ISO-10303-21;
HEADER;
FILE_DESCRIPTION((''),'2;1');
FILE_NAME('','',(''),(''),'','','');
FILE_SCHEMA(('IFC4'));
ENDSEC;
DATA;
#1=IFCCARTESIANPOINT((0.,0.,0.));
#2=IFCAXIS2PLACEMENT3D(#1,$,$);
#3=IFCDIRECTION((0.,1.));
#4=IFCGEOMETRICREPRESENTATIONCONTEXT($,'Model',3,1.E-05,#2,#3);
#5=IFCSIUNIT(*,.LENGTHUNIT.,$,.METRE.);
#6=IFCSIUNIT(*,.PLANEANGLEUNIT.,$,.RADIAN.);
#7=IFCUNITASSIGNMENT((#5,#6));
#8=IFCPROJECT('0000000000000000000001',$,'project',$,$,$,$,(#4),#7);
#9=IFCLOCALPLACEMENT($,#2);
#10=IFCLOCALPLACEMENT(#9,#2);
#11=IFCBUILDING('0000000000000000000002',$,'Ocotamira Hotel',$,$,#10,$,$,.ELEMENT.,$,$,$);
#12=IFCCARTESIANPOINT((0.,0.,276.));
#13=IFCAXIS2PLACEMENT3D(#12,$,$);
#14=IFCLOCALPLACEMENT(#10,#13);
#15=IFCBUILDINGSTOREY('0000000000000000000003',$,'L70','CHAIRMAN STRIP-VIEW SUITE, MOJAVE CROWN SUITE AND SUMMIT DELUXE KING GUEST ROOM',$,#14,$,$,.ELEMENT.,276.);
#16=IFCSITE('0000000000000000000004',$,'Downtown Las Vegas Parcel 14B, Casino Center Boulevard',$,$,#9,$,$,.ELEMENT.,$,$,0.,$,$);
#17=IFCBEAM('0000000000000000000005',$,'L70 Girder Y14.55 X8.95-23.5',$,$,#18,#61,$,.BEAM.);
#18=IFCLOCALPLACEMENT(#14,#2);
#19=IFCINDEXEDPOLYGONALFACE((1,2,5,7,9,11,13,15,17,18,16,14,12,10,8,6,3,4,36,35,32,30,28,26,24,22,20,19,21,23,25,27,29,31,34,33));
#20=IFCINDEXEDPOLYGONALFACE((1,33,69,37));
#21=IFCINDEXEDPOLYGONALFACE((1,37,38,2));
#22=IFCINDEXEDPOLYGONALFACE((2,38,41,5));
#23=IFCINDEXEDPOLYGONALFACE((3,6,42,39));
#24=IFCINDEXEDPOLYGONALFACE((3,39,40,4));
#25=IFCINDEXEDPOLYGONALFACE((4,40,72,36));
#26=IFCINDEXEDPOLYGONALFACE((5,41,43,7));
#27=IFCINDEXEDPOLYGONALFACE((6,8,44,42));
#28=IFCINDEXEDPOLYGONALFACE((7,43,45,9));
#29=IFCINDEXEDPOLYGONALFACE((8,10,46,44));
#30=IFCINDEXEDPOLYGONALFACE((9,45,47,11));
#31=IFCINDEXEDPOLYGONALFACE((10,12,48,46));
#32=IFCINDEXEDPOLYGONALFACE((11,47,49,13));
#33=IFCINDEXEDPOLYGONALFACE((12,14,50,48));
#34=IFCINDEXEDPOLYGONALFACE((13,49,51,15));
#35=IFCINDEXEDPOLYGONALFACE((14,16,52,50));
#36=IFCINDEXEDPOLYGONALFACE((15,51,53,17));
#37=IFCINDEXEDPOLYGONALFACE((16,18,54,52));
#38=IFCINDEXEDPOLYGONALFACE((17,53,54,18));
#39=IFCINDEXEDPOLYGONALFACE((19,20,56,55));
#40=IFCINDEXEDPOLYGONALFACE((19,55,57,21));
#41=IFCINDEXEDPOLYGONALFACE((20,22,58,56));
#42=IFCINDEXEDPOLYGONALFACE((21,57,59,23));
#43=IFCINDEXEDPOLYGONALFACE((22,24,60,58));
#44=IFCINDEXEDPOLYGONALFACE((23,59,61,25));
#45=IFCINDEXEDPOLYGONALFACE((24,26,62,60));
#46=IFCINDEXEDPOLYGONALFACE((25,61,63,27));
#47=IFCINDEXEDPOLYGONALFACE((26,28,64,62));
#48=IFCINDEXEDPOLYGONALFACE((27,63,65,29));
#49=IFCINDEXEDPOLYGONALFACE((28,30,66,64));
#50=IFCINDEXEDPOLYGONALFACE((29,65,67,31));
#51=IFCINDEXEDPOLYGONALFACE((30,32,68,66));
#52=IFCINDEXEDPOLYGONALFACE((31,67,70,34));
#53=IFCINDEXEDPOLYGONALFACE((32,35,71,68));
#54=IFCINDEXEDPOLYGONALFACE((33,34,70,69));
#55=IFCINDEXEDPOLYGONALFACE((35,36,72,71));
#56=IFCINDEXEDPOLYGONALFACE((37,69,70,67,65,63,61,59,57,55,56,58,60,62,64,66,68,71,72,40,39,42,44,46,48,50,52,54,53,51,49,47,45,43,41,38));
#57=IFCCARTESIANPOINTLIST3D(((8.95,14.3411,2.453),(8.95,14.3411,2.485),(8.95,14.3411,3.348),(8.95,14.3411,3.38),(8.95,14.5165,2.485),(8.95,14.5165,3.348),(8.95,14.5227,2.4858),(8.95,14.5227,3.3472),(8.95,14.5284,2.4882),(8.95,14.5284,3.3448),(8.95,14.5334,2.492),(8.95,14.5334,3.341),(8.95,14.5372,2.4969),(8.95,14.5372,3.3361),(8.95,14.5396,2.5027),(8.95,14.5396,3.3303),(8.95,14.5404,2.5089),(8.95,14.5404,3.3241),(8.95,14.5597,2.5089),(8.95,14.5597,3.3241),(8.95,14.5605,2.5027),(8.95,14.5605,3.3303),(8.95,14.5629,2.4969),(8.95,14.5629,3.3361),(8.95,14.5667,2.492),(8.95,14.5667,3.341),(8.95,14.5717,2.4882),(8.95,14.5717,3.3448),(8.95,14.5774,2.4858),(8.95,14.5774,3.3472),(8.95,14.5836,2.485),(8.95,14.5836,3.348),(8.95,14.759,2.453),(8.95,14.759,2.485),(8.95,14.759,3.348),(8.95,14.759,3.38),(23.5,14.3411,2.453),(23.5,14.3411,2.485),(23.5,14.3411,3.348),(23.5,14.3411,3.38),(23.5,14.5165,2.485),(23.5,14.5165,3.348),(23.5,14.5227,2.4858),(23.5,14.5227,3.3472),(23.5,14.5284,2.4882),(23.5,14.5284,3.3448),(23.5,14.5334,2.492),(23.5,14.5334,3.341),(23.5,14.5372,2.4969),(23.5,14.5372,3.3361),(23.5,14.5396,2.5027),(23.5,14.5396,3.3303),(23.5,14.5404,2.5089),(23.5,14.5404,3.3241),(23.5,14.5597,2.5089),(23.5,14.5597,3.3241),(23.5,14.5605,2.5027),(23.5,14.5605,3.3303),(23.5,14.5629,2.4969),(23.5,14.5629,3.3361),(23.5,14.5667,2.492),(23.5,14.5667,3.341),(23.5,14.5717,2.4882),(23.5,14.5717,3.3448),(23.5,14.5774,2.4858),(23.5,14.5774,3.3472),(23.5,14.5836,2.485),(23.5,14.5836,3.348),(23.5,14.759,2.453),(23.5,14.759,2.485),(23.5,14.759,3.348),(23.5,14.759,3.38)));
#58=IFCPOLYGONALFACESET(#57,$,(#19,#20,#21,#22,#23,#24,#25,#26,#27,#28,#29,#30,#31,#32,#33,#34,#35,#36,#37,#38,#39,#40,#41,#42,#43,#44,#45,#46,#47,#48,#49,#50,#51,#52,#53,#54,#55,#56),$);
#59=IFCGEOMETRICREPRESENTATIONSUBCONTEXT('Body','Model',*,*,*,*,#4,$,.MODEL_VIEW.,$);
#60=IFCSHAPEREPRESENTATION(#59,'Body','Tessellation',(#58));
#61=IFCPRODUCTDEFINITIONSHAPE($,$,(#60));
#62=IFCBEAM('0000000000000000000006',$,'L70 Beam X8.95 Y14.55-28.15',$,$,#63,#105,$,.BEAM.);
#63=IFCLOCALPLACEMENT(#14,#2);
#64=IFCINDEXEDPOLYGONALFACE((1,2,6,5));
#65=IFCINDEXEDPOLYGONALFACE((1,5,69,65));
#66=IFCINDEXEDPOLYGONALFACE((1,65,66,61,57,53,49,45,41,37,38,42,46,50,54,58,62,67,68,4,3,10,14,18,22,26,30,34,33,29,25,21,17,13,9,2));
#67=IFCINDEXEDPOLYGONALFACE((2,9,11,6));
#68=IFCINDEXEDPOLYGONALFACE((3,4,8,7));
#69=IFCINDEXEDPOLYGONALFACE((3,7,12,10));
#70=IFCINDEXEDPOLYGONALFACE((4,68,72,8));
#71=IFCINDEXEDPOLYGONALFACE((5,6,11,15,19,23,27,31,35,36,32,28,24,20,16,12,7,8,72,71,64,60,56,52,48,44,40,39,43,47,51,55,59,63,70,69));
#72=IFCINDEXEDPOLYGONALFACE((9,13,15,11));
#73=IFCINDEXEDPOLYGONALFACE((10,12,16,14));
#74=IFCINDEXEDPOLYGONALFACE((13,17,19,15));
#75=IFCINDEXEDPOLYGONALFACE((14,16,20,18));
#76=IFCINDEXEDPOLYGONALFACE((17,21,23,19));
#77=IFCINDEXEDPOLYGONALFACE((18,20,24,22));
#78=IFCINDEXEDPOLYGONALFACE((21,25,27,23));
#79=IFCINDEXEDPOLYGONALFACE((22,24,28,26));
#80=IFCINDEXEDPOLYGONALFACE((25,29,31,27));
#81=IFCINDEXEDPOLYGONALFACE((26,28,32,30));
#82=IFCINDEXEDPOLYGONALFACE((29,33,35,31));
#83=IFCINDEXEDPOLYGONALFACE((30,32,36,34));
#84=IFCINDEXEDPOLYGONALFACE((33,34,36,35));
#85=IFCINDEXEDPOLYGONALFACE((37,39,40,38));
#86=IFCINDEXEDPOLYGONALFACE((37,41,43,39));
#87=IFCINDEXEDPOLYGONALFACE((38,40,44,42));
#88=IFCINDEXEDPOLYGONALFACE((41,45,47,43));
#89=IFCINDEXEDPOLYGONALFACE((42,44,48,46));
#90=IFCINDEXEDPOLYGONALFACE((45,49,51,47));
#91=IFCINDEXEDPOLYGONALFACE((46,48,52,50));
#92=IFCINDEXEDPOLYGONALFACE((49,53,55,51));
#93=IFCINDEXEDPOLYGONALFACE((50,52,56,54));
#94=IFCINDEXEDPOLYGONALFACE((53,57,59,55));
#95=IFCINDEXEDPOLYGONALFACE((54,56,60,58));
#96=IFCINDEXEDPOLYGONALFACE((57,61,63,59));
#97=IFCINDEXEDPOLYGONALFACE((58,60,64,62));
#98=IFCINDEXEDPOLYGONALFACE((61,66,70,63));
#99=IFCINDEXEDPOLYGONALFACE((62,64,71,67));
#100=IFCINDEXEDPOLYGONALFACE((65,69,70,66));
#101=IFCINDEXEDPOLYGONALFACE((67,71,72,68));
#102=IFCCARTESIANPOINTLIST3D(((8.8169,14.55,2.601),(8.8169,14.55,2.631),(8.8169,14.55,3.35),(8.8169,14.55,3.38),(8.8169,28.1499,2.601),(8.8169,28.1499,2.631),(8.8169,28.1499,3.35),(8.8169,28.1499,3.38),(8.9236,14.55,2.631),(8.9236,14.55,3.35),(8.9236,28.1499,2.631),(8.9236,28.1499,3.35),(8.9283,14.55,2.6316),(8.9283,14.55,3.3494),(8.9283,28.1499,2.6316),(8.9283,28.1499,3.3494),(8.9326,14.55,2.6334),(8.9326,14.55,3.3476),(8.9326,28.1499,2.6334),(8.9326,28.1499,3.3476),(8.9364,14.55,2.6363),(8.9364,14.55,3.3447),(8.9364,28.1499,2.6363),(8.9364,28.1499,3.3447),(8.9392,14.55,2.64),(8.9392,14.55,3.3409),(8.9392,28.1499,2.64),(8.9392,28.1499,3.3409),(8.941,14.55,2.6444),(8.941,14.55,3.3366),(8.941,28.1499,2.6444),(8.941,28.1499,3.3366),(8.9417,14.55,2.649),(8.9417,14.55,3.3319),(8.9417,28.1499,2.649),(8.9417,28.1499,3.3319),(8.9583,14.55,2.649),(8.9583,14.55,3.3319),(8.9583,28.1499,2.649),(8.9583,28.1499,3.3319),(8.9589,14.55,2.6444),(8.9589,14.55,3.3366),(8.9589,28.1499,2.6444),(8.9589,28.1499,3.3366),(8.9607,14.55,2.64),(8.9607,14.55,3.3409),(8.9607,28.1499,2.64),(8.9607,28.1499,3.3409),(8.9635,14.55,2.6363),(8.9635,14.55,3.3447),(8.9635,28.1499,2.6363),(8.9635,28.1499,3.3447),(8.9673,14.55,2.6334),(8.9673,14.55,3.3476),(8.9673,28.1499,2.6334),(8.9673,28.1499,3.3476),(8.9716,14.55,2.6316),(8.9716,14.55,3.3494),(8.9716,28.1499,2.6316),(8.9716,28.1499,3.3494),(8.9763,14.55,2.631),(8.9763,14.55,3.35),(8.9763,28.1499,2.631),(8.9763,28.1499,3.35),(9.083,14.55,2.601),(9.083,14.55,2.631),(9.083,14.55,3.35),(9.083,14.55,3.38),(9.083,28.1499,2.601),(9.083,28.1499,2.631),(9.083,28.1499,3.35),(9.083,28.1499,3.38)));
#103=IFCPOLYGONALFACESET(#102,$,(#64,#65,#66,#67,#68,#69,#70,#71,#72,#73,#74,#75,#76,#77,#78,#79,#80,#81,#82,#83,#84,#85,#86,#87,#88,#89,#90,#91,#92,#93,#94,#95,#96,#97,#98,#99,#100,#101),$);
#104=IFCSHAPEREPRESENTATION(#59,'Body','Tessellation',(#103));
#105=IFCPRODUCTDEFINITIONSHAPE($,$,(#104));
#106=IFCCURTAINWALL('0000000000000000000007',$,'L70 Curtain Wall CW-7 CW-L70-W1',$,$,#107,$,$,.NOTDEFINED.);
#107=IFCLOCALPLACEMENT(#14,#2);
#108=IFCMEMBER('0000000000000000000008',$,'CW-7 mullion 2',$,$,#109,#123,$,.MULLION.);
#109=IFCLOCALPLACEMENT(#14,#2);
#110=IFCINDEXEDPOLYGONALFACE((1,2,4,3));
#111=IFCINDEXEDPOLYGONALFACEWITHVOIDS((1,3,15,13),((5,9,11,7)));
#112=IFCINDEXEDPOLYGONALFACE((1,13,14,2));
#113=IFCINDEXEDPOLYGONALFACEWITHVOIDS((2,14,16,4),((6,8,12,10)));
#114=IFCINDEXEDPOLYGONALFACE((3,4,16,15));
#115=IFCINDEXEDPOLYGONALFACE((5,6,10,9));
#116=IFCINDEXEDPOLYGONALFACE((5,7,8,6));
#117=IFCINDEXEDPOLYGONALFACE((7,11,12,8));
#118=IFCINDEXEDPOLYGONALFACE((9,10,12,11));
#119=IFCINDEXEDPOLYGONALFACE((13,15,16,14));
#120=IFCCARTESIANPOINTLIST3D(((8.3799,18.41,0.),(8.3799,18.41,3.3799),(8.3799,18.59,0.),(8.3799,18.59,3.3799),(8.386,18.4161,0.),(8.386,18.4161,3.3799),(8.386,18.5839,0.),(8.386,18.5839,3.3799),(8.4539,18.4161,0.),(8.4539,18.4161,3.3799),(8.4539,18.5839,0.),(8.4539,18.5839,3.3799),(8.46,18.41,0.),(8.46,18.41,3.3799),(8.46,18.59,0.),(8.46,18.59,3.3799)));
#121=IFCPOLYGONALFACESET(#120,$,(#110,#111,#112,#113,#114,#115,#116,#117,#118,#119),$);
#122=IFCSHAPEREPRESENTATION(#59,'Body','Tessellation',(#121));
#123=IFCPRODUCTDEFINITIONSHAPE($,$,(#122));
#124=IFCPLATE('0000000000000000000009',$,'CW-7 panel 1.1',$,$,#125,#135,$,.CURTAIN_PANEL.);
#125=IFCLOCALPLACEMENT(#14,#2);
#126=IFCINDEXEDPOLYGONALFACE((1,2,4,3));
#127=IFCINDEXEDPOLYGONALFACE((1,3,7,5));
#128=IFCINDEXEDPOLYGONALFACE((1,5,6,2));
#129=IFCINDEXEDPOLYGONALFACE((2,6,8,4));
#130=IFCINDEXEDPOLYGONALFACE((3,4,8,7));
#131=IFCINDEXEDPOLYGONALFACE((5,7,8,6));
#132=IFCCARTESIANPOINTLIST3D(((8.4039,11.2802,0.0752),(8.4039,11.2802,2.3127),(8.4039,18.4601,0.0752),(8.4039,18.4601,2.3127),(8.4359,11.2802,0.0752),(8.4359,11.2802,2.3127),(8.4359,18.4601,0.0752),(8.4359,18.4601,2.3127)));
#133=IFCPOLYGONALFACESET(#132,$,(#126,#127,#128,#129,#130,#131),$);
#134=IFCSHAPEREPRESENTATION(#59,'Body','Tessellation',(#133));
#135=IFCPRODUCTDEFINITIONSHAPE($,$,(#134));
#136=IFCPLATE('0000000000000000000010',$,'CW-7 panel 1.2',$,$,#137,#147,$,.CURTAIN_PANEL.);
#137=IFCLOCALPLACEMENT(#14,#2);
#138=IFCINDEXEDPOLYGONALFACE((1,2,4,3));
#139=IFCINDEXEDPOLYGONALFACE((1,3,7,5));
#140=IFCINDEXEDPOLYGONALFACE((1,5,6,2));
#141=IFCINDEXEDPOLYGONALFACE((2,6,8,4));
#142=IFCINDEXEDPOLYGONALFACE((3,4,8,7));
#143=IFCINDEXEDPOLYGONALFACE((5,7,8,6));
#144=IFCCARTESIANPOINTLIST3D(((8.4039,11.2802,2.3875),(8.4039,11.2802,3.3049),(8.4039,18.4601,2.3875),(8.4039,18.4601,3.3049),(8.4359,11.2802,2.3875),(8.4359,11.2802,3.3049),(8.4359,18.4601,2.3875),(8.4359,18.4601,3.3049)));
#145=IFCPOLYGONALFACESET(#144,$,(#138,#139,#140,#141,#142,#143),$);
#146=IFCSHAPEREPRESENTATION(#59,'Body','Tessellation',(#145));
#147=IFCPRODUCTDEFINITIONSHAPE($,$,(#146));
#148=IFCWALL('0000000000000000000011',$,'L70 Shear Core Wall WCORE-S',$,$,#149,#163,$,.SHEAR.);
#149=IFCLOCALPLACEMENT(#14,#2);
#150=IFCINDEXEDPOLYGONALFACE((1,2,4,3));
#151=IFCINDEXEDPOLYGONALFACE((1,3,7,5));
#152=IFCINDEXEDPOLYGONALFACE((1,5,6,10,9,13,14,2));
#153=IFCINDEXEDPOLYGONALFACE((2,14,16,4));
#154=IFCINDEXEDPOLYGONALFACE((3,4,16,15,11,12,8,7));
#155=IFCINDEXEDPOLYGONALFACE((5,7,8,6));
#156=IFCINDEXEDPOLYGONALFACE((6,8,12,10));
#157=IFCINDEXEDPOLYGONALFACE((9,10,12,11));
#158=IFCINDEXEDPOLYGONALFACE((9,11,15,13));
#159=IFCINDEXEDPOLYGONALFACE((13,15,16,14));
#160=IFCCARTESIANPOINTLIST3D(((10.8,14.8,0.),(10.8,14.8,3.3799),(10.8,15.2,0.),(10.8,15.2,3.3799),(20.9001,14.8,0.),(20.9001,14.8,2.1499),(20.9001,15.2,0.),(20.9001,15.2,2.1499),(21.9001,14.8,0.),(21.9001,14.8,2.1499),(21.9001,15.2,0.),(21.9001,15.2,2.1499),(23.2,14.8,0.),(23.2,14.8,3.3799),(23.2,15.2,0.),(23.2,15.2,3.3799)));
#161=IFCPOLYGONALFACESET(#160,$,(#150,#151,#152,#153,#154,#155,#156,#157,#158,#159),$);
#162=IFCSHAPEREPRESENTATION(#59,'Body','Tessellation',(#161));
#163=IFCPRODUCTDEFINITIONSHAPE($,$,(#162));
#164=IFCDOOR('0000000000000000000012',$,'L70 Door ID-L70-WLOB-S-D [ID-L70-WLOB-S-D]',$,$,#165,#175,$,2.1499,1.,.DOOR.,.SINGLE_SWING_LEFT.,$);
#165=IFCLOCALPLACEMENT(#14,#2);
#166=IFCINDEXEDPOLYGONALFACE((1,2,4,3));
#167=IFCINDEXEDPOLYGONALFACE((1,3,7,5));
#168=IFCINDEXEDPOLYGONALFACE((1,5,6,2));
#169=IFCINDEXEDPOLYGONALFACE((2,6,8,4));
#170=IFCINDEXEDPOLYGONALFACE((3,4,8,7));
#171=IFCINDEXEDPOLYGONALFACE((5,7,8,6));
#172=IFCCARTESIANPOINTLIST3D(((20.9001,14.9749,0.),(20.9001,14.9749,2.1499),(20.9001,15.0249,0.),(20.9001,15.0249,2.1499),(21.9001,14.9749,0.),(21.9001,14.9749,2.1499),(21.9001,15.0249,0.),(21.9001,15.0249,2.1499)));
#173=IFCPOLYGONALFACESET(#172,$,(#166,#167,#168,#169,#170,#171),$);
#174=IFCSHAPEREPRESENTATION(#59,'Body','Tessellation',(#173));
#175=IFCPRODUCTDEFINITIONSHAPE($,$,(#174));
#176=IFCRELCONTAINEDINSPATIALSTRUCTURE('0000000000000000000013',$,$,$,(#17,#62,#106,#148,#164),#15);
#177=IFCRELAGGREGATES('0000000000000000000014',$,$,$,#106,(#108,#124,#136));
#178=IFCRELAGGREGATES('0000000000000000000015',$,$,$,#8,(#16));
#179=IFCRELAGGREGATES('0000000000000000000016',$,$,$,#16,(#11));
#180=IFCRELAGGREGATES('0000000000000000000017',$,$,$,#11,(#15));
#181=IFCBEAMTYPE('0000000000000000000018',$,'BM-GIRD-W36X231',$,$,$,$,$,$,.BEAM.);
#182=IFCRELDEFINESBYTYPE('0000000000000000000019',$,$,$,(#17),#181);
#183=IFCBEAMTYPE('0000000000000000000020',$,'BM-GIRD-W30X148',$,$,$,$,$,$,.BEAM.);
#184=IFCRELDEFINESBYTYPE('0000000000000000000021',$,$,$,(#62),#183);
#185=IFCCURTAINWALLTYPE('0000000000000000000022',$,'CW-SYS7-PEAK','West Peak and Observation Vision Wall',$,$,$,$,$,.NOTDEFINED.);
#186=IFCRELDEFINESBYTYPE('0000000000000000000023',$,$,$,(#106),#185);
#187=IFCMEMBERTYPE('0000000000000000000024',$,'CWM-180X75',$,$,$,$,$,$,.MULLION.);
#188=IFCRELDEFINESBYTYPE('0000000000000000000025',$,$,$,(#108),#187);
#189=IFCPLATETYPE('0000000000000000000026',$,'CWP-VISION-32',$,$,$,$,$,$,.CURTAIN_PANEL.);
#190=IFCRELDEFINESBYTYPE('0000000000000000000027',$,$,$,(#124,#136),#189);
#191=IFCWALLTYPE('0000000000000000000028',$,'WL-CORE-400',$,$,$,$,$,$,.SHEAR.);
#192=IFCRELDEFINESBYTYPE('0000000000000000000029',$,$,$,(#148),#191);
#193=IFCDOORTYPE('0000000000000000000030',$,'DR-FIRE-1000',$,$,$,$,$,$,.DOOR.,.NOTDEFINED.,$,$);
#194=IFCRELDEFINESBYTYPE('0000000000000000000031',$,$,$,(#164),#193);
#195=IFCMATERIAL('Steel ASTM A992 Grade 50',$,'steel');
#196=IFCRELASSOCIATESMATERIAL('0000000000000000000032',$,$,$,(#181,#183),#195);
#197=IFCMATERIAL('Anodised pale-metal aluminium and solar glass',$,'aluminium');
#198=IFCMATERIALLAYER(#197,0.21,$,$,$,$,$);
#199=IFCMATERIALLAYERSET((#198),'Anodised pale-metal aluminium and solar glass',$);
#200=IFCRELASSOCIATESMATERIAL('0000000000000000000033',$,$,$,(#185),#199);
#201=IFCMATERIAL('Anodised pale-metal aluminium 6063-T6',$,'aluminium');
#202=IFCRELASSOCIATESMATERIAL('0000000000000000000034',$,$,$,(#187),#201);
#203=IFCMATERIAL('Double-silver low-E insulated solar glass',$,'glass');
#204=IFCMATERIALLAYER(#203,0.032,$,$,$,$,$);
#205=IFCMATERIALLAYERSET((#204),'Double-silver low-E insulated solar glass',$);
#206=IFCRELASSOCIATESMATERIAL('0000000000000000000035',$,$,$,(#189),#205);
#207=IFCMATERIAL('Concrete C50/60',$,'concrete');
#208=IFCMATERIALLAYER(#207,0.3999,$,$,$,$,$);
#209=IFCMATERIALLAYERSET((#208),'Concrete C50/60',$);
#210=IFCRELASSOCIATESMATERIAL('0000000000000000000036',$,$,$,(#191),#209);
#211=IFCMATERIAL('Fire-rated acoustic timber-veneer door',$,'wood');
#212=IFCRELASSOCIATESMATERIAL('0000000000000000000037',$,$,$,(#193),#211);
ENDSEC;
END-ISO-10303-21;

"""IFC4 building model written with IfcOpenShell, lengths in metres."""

from ifc_helpers import new_model, si_unit, direction, frame, frame_2d, origin, origin_2d, place, context, subcontext, project, spatial, rectangle, hollow_rectangle, i_section, extrude, source, transform, mapped, material, layer, layer_set, material_profile, profile_set, type_object, element, fill, aggregate, save


model = new_model("IFC4")

# Units and contexts
model_context = context("Model", 3, precision=1e-05, world=origin(), true_north=direction((0.0, 1.0)))
body_context = subcontext(model_context, "Body", "Model", "MODEL_VIEW")
ifc_project = project(units=[si_unit("LENGTHUNIT", "METRE"), si_unit("PLANEANGLEUNIT", "RADIAN")], contexts=[model_context])

# Site, building, storey
site_placement = place(None, origin())
site = spatial("IfcSite", under=ifc_project, at=site_placement, Name="Downtown Las Vegas Parcel 14B, Casino Center Boulevard", CompositionType="ELEMENT", RefElevation=0.0)
building_placement = place(site_placement, origin())
building = spatial("IfcBuilding", under=site, at=building_placement, Name="Ocotamira Hotel", CompositionType="ELEMENT")
storey_placement = place(building_placement, frame((0.0, 0.0, 276.0)))
storey = spatial("IfcBuildingStorey", under=building, at=storey_placement, Name="L70", Description="CHAIRMAN STRIP-VIEW SUITE, MOJAVE CROWN SUITE AND SUMMIT DELUXE KING GUEST ROOM", CompositionType="ELEMENT", Elevation=276.0)

# Beams
ifc_material_1 = material(Name="Steel ASTM A992 Grade 50", Category="steel")
ifc_material_profile_1 = material_profile(ifc_material_1, i_section(OverallWidth=0.418, OverallDepth=0.927, WebThickness=0.0193, FlangeThickness=0.032, FilletRadius=0.0239, at=origin_2d()), Name="W36X231")
ifc_profile_set_1 = profile_set([ifc_material_profile_1], Name="Steel ASTM A992 Grade 50")
beam_type_1 = type_object("IfcBeamType", Name="BM-GIRD-W36X231", PredefinedType="BEAM", material=ifc_profile_set_1)
shared_shape_1 = source(origin(), body_context, "Body", "SweptSolid", [
    extrude(i_section(OverallWidth=0.418, OverallDepth=0.927, WebThickness=0.0193, FlangeThickness=0.032, FilletRadius=0.0239, at=origin_2d()), origin(), (0.0, 0.0, 1.0), 14.55),
])
beam_1_placement = place(storey_placement, frame((8.95, 14.55, 2.9165), z_axis=(1.0, 0.0, 0.0), x_axis=(0.0, 1.0, 0.0)))
element("IfcBeam", 1, at=beam_1_placement, inside=storey, type_object=beam_type_1, Name="L70 Girder Y14.55 X8.95-23.5", PredefinedType="BEAM", context=body_context, shape_type="MappedRepresentation", body=[
    mapped(shared_shape_1, transform((0.0, 0.0, 0.0), scale=1.0)),
])
ifc_material_profile_2 = material_profile(ifc_material_1, i_section(OverallWidth=0.2661, OverallDepth=0.7791, WebThickness=0.0166, FlangeThickness=0.03, FilletRadius=0.0181, at=origin_2d()), Name="W30X148")
ifc_profile_set_2 = profile_set([ifc_material_profile_2], Name="Steel ASTM A992 Grade 50")
beam_type_2 = type_object("IfcBeamType", Name="BM-GIRD-W30X148", PredefinedType="BEAM", material=ifc_profile_set_2)
shared_shape_2 = source(origin(), body_context, "Body", "SweptSolid", [
    extrude(i_section(OverallWidth=0.2661, OverallDepth=0.7791, WebThickness=0.0166, FlangeThickness=0.03, FilletRadius=0.0181, at=origin_2d()), origin(), (0.0, 0.0, 1.0), 13.5999),
])
beam_2_placement = place(storey_placement, frame((8.95, 14.55, 2.9905), z_axis=(0.0, 1.0, 0.0), x_axis=(-1.0, 0.0, 0.0)))
element("IfcBeam", 2, at=beam_2_placement, inside=storey, type_object=beam_type_2, Name="L70 Beam X8.95 Y14.55-28.15", PredefinedType="BEAM", context=body_context, shape_type="MappedRepresentation", body=[
    mapped(shared_shape_2, transform((0.0, 0.0, 0.0), scale=1.0)),
])

# Curtain wall, member, plates
ifc_material_2 = material(Name="Anodised pale-metal aluminium and solar glass", Category="aluminium")
ifc_layer_1 = layer(ifc_material_2, 0.21)
ifc_layer_set_1 = layer_set([ifc_layer_1], Name="Anodised pale-metal aluminium and solar glass")
curtain_wall_type = type_object("IfcCurtainWallType", Name="CW-SYS7-PEAK", Description="West Peak and Observation Vision Wall", PredefinedType="NOTDEFINED", material=ifc_layer_set_1)
curtain_wall_placement = place(storey_placement, origin())
curtain_wall = element("IfcCurtainWall", 3, at=curtain_wall_placement, inside=storey, type_object=curtain_wall_type, Name="L70 Curtain Wall CW-7 CW-L70-W1", PredefinedType="NOTDEFINED")
ifc_material_3 = material(Name="Anodised pale-metal aluminium 6063-T6", Category="aluminium")
ifc_material_profile_3 = material_profile(ifc_material_3, hollow_rectangle(XDim=0.0801, YDim=0.1799, WallThickness=0.0061, at=origin_2d()), Name="HSS180X80X6")
ifc_profile_set_3 = profile_set([ifc_material_profile_3], Name="Anodised pale-metal aluminium 6063-T6")
member_type = type_object("IfcMemberType", Name="CWM-180X75", PredefinedType="MULLION", material=ifc_profile_set_3)
shared_shape_3 = source(origin(), body_context, "Body", "SweptSolid", [
    extrude(hollow_rectangle(XDim=0.0801, YDim=0.1799, WallThickness=0.0061, at=origin_2d()), origin(), (0.0, 0.0, 1.0), 3.3799),
])
member_placement = place(storey_placement, frame((8.4199, 18.5, 0.0), z_axis=(0.0, 0.0, 1.0), x_axis=(-1.0, 0.0, 0.0)))
member = element("IfcMember", 4, at=member_placement, type_object=member_type, Name="CW-7 mullion 2", PredefinedType="MULLION", context=body_context, shape_type="MappedRepresentation", body=[
    mapped(shared_shape_3, transform((0.0, 0.0, 0.0), scale=1.0)),
])
ifc_material_4 = material(Name="Double-silver low-E insulated solar glass", Category="glass")
ifc_layer_2 = layer(ifc_material_4, 0.032)
ifc_layer_set_2 = layer_set([ifc_layer_2], Name="Double-silver low-E insulated solar glass")
plate_type = type_object("IfcPlateType", Name="CWP-VISION-32", PredefinedType="CURTAIN_PANEL", material=ifc_layer_set_2)
shared_shape_4 = source(origin(), body_context, "Body", "SweptSolid", [
    extrude(rectangle(XDim=7.1799, YDim=0.032, at=origin_2d()), origin(), (0.0, 0.0, 1.0), 2.2375),
])
plate_1_placement = place(storey_placement, frame((8.4199, 14.8701, 0.0752), z_axis=(0.0, 0.0, 1.0), x_axis=(0.0, 1.0, 0.0)))
plate_1 = element("IfcPlate", 5, at=plate_1_placement, type_object=plate_type, Name="CW-7 panel 1.1", PredefinedType="CURTAIN_PANEL", context=body_context, shape_type="MappedRepresentation", body=[
    mapped(shared_shape_4, transform((0.0, 0.0, 0.0), scale=1.0)),
])
shared_shape_5 = source(origin(), body_context, "Body", "SweptSolid", [
    extrude(rectangle(XDim=7.1799, YDim=0.032, at=origin_2d()), origin(), (0.0, 0.0, 1.0), 0.9175),
])
plate_2_placement = place(storey_placement, frame((8.4199, 14.8701, 2.3875), z_axis=(0.0, 0.0, 1.0), x_axis=(0.0, 1.0, 0.0)))
plate_2 = element("IfcPlate", 6, at=plate_2_placement, type_object=plate_type, Name="CW-7 panel 1.2", PredefinedType="CURTAIN_PANEL", context=body_context, shape_type="MappedRepresentation", body=[
    mapped(shared_shape_5, transform((0.0, 0.0, 0.0), scale=1.0)),
])
aggregate(curtain_wall, [member, plate_1, plate_2])

# Wall, opening, door
ifc_material_5 = material(Name="Concrete C50/60", Category="concrete")
ifc_layer_3 = layer(ifc_material_5, 0.3999)
ifc_layer_set_3 = layer_set([ifc_layer_3], Name="Concrete C50/60")
wall_type_1 = type_object("IfcWallType", Name="WL-CORE-400", PredefinedType="SHEAR", material=ifc_layer_set_3)
wall_1_placement = place(storey_placement, frame((10.8, 15.0, 0.0), z_axis=(0.0, 0.0, 1.0), x_axis=(1.0, 0.0, 0.0)))
wall_1 = element("IfcWall", 7, at=wall_1_placement, inside=storey, type_object=wall_type_1, Name="L70 Shear Core Wall WCORE-S", PredefinedType="SHEAR", context=body_context, shape_type="SweptSolid", body=[
    extrude(rectangle(XDim=12.3999, YDim=0.3999, at=frame_2d((6.2, 0.0))), origin(), (0.0, 0.0, 1.0), 3.3799),
])
opening_1_placement = place(wall_1_placement, frame((10.1001, 0.0, 0.0)))
opening_1 = element("IfcOpeningElement", 8, at=opening_1_placement, cuts=wall_1, PredefinedType="OPENING", context=body_context, shape_type="SweptSolid", body=[
    extrude(rectangle(XDim=1.0, YDim=2.1499, at=frame_2d((0.5, 1.075))), frame((0.0, 0.21, 0.0), z_axis=(0.0, -1.0, 0.0), x_axis=(1.0, 0.0, 0.0)), (0.0, 0.0, 1.0), 0.4199),
])
ifc_material_6 = material(Name="Fire-rated acoustic timber-veneer door", Category="wood")
door_type_1 = type_object("IfcDoorType", Name="DR-FIRE-1000", OperationType="NOTDEFINED", PredefinedType="DOOR", material=ifc_material_6)
shared_shape_6 = source(origin(), body_context, "Body", "SweptSolid", [
    extrude(rectangle(XDim=1.0, YDim=2.1499, at=frame_2d((0.5, 1.075))), frame((0.0, 0.0249, 0.0), z_axis=(0.0, -1.0, 0.0), x_axis=(1.0, 0.0, 0.0)), (0.0, 0.0, 1.0), 0.05),
])
door_1_placement = place(opening_1_placement, origin())
door_1 = element("IfcDoor", 9, at=door_1_placement, inside=storey, type_object=door_type_1, Name="L70 Door ID-L70-WLOB-S-D [ID-L70-WLOB-S-D]", OperationType="SINGLE_SWING_LEFT", OverallHeight=2.1499, OverallWidth=1.0, PredefinedType="DOOR", context=body_context, shape_type="MappedRepresentation", body=[
    mapped(shared_shape_6, transform((0.0, 0.0, 0.0), scale=1.0)),
])
fill(opening_1, door_1)

save(model, "model.ifc")
